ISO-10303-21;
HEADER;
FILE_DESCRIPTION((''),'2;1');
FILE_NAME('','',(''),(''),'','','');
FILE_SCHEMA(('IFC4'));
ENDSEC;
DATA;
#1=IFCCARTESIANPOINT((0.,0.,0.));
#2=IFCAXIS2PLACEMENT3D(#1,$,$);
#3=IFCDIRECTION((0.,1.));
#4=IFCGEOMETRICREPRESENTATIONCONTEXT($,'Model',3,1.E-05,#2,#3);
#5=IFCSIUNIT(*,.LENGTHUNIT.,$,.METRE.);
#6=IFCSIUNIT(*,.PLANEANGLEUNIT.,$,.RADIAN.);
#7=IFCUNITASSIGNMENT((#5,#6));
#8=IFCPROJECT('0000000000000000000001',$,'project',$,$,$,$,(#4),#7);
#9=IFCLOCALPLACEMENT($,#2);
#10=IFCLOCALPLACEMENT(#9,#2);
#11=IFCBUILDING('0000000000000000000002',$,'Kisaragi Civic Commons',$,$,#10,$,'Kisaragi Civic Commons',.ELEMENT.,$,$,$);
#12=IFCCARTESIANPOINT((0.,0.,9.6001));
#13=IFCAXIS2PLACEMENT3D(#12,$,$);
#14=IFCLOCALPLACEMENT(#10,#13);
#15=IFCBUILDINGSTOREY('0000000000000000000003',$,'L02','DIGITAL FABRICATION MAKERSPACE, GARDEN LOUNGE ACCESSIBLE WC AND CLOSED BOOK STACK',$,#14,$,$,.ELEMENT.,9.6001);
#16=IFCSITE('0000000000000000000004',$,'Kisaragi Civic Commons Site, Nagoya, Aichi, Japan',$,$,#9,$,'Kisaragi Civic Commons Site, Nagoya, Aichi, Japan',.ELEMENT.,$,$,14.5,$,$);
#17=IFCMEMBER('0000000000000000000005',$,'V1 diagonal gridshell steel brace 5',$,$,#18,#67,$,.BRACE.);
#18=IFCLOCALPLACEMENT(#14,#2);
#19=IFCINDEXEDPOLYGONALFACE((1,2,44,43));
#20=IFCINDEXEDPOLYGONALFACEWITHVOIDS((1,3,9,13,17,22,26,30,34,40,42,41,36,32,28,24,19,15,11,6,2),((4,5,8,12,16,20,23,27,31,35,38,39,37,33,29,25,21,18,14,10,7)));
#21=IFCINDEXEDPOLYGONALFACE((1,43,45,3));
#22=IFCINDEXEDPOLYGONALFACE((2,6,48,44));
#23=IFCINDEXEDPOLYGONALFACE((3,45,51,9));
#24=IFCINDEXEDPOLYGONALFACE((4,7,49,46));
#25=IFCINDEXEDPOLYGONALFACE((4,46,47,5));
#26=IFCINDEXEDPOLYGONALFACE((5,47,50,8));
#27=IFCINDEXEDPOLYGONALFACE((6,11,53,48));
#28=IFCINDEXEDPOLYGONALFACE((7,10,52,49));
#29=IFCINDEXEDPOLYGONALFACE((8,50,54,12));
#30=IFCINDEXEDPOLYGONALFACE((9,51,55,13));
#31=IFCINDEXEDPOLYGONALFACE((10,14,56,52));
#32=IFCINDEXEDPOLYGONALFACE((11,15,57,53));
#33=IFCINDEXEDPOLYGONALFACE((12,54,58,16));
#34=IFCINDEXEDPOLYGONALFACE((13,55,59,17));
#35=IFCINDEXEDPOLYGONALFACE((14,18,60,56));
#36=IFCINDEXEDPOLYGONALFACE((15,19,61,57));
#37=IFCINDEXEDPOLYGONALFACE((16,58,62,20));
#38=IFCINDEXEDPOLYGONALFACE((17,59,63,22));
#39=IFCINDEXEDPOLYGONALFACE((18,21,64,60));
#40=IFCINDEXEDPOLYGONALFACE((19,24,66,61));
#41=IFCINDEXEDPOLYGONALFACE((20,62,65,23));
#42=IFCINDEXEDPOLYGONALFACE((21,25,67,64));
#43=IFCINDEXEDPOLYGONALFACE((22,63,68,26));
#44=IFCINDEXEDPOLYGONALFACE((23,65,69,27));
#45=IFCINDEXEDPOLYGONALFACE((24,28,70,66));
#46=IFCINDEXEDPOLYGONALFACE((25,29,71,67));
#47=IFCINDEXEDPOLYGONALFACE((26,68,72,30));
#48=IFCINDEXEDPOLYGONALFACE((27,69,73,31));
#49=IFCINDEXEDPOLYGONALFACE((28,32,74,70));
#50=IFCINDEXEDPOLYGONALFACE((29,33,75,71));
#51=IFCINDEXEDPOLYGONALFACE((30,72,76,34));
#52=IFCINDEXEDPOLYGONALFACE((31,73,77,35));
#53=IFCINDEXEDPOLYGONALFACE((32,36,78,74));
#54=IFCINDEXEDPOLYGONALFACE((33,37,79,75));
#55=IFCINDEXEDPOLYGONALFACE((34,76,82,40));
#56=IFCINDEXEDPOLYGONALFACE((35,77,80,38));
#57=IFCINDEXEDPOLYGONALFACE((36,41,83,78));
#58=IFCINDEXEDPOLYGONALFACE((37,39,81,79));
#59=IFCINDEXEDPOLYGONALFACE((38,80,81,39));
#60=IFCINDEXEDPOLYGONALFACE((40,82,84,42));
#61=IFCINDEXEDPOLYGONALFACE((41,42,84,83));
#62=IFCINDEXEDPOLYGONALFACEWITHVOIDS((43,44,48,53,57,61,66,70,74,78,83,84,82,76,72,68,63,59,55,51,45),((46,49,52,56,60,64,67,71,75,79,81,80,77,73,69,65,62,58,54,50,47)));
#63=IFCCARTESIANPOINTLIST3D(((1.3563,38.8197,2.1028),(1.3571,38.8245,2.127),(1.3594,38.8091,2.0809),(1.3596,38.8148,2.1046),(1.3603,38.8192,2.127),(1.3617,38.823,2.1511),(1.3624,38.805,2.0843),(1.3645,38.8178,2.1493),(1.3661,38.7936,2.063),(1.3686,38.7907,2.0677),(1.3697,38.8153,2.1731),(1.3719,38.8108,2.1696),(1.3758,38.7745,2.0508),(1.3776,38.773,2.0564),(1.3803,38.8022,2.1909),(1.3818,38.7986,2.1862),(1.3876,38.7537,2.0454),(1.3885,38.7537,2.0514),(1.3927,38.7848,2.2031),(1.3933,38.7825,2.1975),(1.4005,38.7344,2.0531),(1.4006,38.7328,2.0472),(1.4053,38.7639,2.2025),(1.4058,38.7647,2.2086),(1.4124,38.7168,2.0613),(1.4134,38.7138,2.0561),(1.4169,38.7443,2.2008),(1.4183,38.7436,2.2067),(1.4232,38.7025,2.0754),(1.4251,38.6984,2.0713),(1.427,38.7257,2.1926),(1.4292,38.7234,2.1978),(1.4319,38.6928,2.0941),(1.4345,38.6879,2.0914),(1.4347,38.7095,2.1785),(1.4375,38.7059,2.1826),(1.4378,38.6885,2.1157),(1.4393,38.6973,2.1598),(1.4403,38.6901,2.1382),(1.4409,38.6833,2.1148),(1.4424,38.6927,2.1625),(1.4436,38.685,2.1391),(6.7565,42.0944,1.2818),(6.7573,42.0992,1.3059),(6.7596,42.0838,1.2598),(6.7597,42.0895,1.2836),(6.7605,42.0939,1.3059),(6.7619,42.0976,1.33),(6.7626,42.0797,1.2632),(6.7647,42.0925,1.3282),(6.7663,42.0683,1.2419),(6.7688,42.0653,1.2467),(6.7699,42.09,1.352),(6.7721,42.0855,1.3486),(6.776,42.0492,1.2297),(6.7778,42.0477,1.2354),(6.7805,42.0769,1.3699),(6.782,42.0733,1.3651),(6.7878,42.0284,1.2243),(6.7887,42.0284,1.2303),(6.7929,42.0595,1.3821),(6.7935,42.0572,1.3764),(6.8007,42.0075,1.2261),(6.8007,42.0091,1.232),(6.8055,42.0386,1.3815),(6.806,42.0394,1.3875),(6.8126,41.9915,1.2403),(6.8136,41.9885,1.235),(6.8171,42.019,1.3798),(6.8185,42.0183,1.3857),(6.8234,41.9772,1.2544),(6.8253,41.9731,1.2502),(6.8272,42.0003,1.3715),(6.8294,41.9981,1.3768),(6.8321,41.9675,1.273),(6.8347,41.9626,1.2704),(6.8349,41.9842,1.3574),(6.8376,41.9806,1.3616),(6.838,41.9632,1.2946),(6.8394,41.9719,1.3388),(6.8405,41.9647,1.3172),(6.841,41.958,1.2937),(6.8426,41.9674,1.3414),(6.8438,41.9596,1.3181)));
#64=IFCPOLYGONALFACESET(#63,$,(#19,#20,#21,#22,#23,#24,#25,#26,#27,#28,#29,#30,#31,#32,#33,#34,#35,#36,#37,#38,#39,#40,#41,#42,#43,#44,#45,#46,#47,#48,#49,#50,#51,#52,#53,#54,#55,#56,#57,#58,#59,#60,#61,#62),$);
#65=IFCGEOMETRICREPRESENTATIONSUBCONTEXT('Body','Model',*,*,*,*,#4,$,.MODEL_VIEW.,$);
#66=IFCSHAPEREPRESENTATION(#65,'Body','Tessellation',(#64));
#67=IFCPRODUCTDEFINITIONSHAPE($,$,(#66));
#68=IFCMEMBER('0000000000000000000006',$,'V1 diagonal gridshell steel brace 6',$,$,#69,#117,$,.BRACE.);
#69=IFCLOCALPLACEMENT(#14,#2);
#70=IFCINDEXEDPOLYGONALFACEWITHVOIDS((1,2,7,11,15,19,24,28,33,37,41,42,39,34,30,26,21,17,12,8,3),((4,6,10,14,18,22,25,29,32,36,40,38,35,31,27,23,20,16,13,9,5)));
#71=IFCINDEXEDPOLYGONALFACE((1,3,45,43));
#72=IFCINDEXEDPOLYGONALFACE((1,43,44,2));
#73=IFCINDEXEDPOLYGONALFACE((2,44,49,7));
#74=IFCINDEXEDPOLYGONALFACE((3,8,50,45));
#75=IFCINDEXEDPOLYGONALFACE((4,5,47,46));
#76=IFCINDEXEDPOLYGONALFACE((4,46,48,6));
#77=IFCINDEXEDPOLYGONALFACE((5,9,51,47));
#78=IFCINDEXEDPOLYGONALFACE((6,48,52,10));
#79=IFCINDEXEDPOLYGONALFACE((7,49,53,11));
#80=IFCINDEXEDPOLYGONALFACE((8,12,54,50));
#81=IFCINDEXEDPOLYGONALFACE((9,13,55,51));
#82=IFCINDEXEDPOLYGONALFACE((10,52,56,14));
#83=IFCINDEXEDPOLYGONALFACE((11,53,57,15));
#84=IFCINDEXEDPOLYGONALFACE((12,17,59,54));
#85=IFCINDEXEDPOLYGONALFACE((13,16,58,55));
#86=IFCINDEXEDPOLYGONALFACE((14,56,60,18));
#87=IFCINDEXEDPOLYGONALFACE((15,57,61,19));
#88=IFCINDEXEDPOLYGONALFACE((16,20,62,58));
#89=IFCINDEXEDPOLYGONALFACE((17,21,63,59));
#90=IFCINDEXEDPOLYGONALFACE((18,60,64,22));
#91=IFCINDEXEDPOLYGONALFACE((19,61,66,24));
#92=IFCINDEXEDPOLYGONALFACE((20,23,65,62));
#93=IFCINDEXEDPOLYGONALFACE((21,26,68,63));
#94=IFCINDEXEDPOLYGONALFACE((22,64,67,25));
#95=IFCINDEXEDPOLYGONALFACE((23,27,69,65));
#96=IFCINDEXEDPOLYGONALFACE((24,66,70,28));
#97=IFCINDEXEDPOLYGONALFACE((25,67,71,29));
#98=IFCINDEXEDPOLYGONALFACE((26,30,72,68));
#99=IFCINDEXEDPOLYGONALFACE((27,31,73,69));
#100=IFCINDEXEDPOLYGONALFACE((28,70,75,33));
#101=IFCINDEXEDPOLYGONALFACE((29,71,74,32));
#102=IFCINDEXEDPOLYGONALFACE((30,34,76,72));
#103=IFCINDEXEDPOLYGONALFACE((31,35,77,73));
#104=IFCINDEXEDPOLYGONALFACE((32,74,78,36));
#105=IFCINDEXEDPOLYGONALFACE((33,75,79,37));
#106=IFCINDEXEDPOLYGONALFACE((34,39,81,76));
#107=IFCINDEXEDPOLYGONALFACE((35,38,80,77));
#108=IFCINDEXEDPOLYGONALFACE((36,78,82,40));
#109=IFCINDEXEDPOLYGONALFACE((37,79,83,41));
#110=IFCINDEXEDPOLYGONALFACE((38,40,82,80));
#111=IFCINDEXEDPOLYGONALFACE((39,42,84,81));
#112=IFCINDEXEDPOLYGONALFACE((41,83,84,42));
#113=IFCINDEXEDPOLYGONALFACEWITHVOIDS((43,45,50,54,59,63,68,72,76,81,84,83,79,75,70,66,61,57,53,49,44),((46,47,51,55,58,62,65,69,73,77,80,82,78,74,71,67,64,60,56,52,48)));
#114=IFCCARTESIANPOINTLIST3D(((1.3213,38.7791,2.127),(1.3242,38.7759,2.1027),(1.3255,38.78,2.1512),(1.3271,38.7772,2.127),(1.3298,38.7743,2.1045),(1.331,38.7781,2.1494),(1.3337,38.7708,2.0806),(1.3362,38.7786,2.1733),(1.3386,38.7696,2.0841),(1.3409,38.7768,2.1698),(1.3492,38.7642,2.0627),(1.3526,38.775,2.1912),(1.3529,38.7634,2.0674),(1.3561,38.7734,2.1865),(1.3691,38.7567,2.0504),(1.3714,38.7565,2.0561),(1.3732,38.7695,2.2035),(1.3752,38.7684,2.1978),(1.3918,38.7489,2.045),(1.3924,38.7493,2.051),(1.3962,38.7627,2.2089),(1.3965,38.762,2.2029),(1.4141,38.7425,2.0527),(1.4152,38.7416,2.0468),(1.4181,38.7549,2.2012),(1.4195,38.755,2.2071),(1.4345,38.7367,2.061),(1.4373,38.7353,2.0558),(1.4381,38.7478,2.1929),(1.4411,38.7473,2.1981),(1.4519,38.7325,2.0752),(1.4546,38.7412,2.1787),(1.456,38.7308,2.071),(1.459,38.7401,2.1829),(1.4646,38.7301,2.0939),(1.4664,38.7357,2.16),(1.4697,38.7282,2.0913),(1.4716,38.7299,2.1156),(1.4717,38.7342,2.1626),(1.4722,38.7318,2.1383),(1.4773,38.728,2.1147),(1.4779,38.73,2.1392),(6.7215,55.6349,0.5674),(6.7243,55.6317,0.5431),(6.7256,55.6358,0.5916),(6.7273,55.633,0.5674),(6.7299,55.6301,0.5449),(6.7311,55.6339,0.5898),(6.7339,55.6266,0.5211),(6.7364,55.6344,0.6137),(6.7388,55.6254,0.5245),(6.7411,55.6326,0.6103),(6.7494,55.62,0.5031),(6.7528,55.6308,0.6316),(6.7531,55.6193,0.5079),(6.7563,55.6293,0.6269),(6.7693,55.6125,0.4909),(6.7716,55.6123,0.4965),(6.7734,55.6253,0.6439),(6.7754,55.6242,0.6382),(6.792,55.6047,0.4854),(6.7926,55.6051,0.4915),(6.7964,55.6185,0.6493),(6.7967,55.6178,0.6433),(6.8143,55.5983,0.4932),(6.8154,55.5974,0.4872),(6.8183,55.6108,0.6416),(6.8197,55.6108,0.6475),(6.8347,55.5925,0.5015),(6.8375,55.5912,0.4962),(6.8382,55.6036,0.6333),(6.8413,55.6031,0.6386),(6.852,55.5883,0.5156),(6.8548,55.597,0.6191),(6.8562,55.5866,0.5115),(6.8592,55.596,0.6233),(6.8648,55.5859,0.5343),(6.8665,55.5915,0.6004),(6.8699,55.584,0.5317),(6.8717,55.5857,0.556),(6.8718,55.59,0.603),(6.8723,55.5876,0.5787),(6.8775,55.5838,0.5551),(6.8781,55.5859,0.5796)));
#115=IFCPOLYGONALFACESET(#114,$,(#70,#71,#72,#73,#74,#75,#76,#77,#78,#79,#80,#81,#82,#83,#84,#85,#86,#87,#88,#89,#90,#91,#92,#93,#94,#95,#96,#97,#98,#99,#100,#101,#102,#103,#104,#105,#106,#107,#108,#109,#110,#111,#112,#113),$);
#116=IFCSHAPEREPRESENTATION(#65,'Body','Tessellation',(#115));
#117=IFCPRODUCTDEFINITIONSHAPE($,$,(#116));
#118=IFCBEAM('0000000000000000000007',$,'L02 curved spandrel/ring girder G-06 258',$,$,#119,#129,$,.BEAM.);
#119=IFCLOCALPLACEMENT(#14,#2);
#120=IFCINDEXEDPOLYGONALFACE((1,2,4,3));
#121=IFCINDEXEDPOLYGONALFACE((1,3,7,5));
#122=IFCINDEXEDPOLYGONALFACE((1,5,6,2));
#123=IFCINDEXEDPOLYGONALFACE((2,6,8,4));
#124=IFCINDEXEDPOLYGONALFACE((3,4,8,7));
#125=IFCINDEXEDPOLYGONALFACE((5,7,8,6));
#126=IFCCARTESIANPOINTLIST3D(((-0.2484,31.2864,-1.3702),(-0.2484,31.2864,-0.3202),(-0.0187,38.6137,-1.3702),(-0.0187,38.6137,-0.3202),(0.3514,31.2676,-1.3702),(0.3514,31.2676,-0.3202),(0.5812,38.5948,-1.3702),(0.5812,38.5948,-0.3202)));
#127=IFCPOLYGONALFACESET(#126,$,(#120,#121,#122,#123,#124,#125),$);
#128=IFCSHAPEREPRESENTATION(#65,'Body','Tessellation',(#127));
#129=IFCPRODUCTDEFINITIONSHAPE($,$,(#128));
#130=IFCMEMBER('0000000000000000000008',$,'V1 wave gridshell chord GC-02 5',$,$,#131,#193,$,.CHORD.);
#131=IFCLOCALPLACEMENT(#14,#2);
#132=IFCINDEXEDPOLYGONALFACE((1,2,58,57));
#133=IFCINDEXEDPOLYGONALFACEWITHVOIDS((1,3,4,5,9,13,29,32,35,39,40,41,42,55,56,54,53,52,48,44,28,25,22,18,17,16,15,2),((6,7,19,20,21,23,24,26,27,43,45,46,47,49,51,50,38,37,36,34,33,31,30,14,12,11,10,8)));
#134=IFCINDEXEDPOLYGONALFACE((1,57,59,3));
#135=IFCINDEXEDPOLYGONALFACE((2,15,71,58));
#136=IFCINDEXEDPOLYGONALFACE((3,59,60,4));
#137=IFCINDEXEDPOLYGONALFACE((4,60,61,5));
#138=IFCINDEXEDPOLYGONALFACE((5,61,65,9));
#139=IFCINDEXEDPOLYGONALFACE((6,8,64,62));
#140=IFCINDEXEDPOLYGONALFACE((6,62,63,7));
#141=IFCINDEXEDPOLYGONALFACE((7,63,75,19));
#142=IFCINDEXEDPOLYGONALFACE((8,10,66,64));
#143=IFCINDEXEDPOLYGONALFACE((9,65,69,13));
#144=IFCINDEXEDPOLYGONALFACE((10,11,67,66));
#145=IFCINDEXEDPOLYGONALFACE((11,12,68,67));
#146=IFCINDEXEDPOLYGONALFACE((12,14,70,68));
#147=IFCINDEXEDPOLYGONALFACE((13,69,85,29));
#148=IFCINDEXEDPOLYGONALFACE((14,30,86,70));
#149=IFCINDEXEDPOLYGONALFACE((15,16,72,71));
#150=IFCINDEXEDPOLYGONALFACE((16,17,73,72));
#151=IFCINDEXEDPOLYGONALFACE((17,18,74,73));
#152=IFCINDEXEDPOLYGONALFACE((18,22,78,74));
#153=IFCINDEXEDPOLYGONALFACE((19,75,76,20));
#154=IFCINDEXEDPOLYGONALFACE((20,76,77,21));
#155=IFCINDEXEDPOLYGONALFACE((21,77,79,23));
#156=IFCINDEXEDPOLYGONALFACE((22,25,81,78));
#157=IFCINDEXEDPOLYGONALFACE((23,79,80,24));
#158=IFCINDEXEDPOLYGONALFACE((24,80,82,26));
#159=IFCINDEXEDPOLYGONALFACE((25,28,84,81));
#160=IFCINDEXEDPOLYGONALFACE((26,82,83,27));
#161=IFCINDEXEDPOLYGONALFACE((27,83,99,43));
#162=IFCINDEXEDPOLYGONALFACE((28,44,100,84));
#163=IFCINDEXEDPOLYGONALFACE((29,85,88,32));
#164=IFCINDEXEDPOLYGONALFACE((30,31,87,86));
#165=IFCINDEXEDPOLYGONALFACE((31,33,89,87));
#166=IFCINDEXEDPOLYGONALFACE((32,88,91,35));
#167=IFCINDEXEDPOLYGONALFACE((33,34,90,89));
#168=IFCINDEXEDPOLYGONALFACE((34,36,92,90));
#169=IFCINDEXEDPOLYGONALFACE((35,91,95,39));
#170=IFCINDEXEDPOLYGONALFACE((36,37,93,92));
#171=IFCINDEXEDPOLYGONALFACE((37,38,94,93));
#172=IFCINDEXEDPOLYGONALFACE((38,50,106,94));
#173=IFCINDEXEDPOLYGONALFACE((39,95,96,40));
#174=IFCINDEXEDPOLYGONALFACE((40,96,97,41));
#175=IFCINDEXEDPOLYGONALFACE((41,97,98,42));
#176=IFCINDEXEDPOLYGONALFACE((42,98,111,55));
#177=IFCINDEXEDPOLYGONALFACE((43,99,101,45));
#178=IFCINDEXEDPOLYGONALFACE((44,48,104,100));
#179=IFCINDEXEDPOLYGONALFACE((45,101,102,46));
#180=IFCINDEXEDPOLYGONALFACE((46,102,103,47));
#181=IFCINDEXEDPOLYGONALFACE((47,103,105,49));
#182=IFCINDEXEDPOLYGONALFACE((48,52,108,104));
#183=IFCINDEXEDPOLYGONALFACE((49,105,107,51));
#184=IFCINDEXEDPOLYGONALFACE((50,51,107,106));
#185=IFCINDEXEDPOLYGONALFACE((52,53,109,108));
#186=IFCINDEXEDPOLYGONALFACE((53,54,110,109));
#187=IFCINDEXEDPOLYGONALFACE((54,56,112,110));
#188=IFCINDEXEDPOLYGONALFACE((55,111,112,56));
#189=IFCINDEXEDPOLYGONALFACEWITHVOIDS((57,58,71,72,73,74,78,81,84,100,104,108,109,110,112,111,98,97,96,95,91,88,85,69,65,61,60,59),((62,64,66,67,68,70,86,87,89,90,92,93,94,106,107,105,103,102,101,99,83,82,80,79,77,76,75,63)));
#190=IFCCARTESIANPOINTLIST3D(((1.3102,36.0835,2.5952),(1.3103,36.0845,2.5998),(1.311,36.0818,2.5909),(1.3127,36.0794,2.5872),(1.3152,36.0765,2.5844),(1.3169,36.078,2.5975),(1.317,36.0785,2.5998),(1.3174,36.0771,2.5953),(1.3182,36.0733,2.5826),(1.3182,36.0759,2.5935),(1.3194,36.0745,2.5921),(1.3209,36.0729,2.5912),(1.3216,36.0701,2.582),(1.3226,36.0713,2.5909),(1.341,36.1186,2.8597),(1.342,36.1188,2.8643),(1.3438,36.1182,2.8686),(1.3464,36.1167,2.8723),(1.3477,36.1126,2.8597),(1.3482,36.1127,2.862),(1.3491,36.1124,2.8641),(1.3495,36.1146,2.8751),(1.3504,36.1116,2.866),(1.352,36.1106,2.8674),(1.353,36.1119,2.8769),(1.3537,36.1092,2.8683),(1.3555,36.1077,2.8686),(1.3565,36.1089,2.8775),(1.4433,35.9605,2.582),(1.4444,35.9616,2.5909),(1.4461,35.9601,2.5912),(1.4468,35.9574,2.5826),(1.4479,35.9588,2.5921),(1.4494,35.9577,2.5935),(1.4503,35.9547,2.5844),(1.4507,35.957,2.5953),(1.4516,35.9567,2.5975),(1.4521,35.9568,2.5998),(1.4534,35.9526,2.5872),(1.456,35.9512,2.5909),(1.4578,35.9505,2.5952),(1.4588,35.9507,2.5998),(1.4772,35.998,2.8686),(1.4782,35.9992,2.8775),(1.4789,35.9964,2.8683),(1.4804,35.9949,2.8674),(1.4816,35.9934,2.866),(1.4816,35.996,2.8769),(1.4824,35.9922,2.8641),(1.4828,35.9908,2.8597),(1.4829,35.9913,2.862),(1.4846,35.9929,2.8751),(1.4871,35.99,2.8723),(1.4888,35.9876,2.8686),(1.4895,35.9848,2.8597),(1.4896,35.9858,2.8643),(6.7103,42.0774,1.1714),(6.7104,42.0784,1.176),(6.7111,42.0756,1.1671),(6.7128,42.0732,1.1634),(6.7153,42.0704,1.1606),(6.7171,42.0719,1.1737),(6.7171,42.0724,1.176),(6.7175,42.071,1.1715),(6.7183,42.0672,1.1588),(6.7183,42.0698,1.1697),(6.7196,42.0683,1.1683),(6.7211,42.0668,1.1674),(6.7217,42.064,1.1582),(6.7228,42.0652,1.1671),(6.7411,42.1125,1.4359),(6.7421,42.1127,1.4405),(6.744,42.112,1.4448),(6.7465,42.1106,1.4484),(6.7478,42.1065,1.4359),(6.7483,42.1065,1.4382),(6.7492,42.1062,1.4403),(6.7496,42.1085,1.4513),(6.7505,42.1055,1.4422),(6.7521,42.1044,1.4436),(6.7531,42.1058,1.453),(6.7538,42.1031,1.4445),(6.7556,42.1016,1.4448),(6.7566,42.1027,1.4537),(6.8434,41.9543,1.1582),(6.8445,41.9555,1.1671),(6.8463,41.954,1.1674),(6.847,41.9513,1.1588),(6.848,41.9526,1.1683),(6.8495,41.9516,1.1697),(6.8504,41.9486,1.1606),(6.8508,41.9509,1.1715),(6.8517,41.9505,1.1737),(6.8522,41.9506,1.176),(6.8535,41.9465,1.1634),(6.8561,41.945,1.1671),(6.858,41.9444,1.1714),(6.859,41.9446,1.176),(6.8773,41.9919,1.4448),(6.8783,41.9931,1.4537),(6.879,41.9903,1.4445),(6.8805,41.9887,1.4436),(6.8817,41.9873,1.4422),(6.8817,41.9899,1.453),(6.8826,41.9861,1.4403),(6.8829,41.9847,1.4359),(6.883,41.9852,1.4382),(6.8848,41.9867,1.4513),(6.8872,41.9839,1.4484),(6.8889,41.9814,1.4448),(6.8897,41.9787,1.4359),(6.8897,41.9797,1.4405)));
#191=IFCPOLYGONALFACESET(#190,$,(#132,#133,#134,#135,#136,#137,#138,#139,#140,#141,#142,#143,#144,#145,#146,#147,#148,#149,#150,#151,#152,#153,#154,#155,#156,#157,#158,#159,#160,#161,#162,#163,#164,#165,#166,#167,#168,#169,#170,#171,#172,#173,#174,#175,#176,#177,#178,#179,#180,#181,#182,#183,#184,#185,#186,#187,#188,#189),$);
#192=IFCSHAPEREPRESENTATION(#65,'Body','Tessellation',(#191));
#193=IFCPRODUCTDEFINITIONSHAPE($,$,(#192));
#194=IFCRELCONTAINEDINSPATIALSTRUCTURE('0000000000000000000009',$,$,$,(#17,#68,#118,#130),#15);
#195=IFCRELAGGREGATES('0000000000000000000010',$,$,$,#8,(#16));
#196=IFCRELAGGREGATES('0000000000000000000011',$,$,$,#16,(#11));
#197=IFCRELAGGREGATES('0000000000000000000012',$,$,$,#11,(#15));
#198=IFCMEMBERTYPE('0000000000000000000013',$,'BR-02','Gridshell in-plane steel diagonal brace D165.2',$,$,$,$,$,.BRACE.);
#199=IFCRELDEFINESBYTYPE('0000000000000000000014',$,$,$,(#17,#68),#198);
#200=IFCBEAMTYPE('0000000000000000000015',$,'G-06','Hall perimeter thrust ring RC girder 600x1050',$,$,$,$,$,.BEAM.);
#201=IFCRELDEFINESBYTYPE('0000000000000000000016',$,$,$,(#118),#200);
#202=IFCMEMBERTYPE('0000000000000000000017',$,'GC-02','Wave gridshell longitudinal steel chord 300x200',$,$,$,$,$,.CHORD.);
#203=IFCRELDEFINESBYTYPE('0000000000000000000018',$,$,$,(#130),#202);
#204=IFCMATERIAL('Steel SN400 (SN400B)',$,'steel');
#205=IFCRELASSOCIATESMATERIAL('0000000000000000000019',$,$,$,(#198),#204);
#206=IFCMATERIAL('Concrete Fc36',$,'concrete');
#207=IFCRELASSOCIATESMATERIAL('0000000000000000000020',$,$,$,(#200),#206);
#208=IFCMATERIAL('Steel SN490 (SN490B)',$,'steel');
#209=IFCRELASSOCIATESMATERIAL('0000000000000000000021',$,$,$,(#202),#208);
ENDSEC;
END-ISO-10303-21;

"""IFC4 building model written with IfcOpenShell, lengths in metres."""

from ifc_helpers import new_model, si_unit, direction, frame, origin, origin_2d, place, context, subcontext, project, spatial, rectangle, hollow_rectangle, hollow_circle, extrude, material, material_profile, profile_set, type_object, element, save


model = new_model("IFC4")

# Units and contexts
model_context = context("Model", 3, precision=1e-05, world=origin(), true_north=direction((0.0, 1.0)))
body_context = subcontext(model_context, "Body", "Model", "MODEL_VIEW")
ifc_project = project(units=[si_unit("LENGTHUNIT", "METRE"), si_unit("PLANEANGLEUNIT", "RADIAN")], contexts=[model_context])

# Site, building, storey
site_placement = place(None, origin())
site = spatial("IfcSite", under=ifc_project, at=site_placement, Name="Kisaragi Civic Commons Site, Nagoya, Aichi, Japan", LongName="Kisaragi Civic Commons Site, Nagoya, Aichi, Japan", CompositionType="ELEMENT", RefElevation=14.5)
building_placement = place(site_placement, origin())
building = spatial("IfcBuilding", under=site, at=building_placement, Name="Kisaragi Civic Commons", LongName="Kisaragi Civic Commons", CompositionType="ELEMENT")
storey_placement = place(building_placement, frame((0.0, 0.0, 9.6001)))
storey = spatial("IfcBuildingStorey", under=building, at=storey_placement, Name="L02", Description="DIGITAL FABRICATION MAKERSPACE, GARDEN LOUNGE ACCESSIBLE WC AND CLOSED BOOK STACK", CompositionType="ELEMENT", Elevation=9.6001)

# Members
ifc_material_1 = material(Name="Steel SN400 (SN400B)", Category="steel")
ifc_material_profile_1 = material_profile(ifc_material_1, hollow_circle(Radius=0.0825, WallThickness=0.0061, at=origin_2d()), Name="CHS-165.2x6.0", Category="steel")
ifc_profile_set_1 = profile_set([ifc_material_profile_1], Name="Steel SN400 (SN400B)")
member_type_1 = type_object("IfcMemberType", Name="BR-02", Description="Gridshell in-plane steel diagonal brace D165.2", PredefinedType="BRACE", material=ifc_profile_set_1)
member_1_placement = place(storey_placement, frame((1.3999, 38.7539, 2.127), z_axis=(0.847933, 0.514188, -0.128921), x_axis=(-0.518515, 0.855069, 0.0)))
element("IfcMember", 1, at=member_1_placement, inside=storey, type_object=member_type_1, Name="V1 diagonal gridshell steel brace 5", PredefinedType="BRACE", context=body_context, shape_type="SweptSolid", body=[
    extrude(hollow_circle(Radius=0.0825, WallThickness=0.0061, at=origin_2d()), origin(), (0.0, 0.0, 1.0), 6.3687),
])
member_2_placement = place(storey_placement, frame((1.3999, 38.7539, 2.127), z_axis=(0.303922, 0.948645, -0.087773), x_axis=(-0.95232, 0.3051, 0.0)))
element("IfcMember", 2, at=member_2_placement, inside=storey, type_object=member_type_1, Name="V1 diagonal gridshell steel brace 6", PredefinedType="BRACE", context=body_context, shape_type="SweptSolid", body=[
    extrude(hollow_circle(Radius=0.0825, WallThickness=0.0061, at=origin_2d()), origin(), (0.0, 0.0, 1.0), 17.7683),
])

# Beam
ifc_material_2 = material(Name="Concrete Fc36", Category="concrete")
ifc_material_profile_2 = material_profile(ifc_material_2, rectangle(XDim=0.6001, YDim=1.05, at=origin_2d()), Name="RC-600x1050", Category="concrete")
ifc_profile_set_2 = profile_set([ifc_material_profile_2], Name="Concrete Fc36")
beam_type = type_object("IfcBeamType", Name="G-06", Description="Hall perimeter thrust ring RC girder 600x1050", PredefinedType="BEAM", material=ifc_profile_set_2)
beam_placement = place(storey_placement, frame((0.2812, 38.6042, -0.8452), z_axis=(-0.031339, -0.999509, 0.0), x_axis=(0.999509, -0.031339, 0.0)))
element("IfcBeam", 3, at=beam_placement, inside=storey, type_object=beam_type, Name="L02 curved spandrel/ring girder G-06 258", PredefinedType="BEAM", context=body_context, shape_type="SweptSolid", body=[
    extrude(rectangle(XDim=0.6001, YDim=1.05, at=origin_2d()), origin(), (0.0, 0.0, 1.0), 7.3308),
])

# Member
ifc_material_3 = material(Name="Steel SN490 (SN490B)", Category="steel")
ifc_material_profile_3 = material_profile(ifc_material_3, hollow_rectangle(XDim=0.2, YDim=0.3, WallThickness=0.009, InnerFilletRadius=0.009, OuterFilletRadius=0.0181, at=origin_2d()), Name="STKR-300x200x9", Category="steel")
ifc_profile_set_3 = profile_set([ifc_material_profile_3], Name="Steel SN490 (SN490B)")
member_type_2 = type_object("IfcMemberType", Name="GC-02", Description="Wave gridshell longitudinal steel chord 300x200", PredefinedType="CHORD", material=ifc_profile_set_3)
member_3_placement = place(storey_placement, frame((1.3999, 36.0347, 2.7297), z_axis=(0.659164, 0.73164, -0.173798), x_axis=(-0.742946, 0.669351, 0.0)))
element("IfcMember", 4, at=member_3_placement, inside=storey, type_object=member_type_2, Name="V1 wave gridshell chord GC-02 5", PredefinedType="CHORD", context=body_context, shape_type="SweptSolid", body=[
    extrude(hollow_rectangle(XDim=0.2, YDim=0.3, WallThickness=0.009, InnerFilletRadius=0.009, OuterFilletRadius=0.0181, at=origin_2d()), origin(), (0.0, 0.0, 1.0), 8.1924),
])

save(model, "model.ifc")
